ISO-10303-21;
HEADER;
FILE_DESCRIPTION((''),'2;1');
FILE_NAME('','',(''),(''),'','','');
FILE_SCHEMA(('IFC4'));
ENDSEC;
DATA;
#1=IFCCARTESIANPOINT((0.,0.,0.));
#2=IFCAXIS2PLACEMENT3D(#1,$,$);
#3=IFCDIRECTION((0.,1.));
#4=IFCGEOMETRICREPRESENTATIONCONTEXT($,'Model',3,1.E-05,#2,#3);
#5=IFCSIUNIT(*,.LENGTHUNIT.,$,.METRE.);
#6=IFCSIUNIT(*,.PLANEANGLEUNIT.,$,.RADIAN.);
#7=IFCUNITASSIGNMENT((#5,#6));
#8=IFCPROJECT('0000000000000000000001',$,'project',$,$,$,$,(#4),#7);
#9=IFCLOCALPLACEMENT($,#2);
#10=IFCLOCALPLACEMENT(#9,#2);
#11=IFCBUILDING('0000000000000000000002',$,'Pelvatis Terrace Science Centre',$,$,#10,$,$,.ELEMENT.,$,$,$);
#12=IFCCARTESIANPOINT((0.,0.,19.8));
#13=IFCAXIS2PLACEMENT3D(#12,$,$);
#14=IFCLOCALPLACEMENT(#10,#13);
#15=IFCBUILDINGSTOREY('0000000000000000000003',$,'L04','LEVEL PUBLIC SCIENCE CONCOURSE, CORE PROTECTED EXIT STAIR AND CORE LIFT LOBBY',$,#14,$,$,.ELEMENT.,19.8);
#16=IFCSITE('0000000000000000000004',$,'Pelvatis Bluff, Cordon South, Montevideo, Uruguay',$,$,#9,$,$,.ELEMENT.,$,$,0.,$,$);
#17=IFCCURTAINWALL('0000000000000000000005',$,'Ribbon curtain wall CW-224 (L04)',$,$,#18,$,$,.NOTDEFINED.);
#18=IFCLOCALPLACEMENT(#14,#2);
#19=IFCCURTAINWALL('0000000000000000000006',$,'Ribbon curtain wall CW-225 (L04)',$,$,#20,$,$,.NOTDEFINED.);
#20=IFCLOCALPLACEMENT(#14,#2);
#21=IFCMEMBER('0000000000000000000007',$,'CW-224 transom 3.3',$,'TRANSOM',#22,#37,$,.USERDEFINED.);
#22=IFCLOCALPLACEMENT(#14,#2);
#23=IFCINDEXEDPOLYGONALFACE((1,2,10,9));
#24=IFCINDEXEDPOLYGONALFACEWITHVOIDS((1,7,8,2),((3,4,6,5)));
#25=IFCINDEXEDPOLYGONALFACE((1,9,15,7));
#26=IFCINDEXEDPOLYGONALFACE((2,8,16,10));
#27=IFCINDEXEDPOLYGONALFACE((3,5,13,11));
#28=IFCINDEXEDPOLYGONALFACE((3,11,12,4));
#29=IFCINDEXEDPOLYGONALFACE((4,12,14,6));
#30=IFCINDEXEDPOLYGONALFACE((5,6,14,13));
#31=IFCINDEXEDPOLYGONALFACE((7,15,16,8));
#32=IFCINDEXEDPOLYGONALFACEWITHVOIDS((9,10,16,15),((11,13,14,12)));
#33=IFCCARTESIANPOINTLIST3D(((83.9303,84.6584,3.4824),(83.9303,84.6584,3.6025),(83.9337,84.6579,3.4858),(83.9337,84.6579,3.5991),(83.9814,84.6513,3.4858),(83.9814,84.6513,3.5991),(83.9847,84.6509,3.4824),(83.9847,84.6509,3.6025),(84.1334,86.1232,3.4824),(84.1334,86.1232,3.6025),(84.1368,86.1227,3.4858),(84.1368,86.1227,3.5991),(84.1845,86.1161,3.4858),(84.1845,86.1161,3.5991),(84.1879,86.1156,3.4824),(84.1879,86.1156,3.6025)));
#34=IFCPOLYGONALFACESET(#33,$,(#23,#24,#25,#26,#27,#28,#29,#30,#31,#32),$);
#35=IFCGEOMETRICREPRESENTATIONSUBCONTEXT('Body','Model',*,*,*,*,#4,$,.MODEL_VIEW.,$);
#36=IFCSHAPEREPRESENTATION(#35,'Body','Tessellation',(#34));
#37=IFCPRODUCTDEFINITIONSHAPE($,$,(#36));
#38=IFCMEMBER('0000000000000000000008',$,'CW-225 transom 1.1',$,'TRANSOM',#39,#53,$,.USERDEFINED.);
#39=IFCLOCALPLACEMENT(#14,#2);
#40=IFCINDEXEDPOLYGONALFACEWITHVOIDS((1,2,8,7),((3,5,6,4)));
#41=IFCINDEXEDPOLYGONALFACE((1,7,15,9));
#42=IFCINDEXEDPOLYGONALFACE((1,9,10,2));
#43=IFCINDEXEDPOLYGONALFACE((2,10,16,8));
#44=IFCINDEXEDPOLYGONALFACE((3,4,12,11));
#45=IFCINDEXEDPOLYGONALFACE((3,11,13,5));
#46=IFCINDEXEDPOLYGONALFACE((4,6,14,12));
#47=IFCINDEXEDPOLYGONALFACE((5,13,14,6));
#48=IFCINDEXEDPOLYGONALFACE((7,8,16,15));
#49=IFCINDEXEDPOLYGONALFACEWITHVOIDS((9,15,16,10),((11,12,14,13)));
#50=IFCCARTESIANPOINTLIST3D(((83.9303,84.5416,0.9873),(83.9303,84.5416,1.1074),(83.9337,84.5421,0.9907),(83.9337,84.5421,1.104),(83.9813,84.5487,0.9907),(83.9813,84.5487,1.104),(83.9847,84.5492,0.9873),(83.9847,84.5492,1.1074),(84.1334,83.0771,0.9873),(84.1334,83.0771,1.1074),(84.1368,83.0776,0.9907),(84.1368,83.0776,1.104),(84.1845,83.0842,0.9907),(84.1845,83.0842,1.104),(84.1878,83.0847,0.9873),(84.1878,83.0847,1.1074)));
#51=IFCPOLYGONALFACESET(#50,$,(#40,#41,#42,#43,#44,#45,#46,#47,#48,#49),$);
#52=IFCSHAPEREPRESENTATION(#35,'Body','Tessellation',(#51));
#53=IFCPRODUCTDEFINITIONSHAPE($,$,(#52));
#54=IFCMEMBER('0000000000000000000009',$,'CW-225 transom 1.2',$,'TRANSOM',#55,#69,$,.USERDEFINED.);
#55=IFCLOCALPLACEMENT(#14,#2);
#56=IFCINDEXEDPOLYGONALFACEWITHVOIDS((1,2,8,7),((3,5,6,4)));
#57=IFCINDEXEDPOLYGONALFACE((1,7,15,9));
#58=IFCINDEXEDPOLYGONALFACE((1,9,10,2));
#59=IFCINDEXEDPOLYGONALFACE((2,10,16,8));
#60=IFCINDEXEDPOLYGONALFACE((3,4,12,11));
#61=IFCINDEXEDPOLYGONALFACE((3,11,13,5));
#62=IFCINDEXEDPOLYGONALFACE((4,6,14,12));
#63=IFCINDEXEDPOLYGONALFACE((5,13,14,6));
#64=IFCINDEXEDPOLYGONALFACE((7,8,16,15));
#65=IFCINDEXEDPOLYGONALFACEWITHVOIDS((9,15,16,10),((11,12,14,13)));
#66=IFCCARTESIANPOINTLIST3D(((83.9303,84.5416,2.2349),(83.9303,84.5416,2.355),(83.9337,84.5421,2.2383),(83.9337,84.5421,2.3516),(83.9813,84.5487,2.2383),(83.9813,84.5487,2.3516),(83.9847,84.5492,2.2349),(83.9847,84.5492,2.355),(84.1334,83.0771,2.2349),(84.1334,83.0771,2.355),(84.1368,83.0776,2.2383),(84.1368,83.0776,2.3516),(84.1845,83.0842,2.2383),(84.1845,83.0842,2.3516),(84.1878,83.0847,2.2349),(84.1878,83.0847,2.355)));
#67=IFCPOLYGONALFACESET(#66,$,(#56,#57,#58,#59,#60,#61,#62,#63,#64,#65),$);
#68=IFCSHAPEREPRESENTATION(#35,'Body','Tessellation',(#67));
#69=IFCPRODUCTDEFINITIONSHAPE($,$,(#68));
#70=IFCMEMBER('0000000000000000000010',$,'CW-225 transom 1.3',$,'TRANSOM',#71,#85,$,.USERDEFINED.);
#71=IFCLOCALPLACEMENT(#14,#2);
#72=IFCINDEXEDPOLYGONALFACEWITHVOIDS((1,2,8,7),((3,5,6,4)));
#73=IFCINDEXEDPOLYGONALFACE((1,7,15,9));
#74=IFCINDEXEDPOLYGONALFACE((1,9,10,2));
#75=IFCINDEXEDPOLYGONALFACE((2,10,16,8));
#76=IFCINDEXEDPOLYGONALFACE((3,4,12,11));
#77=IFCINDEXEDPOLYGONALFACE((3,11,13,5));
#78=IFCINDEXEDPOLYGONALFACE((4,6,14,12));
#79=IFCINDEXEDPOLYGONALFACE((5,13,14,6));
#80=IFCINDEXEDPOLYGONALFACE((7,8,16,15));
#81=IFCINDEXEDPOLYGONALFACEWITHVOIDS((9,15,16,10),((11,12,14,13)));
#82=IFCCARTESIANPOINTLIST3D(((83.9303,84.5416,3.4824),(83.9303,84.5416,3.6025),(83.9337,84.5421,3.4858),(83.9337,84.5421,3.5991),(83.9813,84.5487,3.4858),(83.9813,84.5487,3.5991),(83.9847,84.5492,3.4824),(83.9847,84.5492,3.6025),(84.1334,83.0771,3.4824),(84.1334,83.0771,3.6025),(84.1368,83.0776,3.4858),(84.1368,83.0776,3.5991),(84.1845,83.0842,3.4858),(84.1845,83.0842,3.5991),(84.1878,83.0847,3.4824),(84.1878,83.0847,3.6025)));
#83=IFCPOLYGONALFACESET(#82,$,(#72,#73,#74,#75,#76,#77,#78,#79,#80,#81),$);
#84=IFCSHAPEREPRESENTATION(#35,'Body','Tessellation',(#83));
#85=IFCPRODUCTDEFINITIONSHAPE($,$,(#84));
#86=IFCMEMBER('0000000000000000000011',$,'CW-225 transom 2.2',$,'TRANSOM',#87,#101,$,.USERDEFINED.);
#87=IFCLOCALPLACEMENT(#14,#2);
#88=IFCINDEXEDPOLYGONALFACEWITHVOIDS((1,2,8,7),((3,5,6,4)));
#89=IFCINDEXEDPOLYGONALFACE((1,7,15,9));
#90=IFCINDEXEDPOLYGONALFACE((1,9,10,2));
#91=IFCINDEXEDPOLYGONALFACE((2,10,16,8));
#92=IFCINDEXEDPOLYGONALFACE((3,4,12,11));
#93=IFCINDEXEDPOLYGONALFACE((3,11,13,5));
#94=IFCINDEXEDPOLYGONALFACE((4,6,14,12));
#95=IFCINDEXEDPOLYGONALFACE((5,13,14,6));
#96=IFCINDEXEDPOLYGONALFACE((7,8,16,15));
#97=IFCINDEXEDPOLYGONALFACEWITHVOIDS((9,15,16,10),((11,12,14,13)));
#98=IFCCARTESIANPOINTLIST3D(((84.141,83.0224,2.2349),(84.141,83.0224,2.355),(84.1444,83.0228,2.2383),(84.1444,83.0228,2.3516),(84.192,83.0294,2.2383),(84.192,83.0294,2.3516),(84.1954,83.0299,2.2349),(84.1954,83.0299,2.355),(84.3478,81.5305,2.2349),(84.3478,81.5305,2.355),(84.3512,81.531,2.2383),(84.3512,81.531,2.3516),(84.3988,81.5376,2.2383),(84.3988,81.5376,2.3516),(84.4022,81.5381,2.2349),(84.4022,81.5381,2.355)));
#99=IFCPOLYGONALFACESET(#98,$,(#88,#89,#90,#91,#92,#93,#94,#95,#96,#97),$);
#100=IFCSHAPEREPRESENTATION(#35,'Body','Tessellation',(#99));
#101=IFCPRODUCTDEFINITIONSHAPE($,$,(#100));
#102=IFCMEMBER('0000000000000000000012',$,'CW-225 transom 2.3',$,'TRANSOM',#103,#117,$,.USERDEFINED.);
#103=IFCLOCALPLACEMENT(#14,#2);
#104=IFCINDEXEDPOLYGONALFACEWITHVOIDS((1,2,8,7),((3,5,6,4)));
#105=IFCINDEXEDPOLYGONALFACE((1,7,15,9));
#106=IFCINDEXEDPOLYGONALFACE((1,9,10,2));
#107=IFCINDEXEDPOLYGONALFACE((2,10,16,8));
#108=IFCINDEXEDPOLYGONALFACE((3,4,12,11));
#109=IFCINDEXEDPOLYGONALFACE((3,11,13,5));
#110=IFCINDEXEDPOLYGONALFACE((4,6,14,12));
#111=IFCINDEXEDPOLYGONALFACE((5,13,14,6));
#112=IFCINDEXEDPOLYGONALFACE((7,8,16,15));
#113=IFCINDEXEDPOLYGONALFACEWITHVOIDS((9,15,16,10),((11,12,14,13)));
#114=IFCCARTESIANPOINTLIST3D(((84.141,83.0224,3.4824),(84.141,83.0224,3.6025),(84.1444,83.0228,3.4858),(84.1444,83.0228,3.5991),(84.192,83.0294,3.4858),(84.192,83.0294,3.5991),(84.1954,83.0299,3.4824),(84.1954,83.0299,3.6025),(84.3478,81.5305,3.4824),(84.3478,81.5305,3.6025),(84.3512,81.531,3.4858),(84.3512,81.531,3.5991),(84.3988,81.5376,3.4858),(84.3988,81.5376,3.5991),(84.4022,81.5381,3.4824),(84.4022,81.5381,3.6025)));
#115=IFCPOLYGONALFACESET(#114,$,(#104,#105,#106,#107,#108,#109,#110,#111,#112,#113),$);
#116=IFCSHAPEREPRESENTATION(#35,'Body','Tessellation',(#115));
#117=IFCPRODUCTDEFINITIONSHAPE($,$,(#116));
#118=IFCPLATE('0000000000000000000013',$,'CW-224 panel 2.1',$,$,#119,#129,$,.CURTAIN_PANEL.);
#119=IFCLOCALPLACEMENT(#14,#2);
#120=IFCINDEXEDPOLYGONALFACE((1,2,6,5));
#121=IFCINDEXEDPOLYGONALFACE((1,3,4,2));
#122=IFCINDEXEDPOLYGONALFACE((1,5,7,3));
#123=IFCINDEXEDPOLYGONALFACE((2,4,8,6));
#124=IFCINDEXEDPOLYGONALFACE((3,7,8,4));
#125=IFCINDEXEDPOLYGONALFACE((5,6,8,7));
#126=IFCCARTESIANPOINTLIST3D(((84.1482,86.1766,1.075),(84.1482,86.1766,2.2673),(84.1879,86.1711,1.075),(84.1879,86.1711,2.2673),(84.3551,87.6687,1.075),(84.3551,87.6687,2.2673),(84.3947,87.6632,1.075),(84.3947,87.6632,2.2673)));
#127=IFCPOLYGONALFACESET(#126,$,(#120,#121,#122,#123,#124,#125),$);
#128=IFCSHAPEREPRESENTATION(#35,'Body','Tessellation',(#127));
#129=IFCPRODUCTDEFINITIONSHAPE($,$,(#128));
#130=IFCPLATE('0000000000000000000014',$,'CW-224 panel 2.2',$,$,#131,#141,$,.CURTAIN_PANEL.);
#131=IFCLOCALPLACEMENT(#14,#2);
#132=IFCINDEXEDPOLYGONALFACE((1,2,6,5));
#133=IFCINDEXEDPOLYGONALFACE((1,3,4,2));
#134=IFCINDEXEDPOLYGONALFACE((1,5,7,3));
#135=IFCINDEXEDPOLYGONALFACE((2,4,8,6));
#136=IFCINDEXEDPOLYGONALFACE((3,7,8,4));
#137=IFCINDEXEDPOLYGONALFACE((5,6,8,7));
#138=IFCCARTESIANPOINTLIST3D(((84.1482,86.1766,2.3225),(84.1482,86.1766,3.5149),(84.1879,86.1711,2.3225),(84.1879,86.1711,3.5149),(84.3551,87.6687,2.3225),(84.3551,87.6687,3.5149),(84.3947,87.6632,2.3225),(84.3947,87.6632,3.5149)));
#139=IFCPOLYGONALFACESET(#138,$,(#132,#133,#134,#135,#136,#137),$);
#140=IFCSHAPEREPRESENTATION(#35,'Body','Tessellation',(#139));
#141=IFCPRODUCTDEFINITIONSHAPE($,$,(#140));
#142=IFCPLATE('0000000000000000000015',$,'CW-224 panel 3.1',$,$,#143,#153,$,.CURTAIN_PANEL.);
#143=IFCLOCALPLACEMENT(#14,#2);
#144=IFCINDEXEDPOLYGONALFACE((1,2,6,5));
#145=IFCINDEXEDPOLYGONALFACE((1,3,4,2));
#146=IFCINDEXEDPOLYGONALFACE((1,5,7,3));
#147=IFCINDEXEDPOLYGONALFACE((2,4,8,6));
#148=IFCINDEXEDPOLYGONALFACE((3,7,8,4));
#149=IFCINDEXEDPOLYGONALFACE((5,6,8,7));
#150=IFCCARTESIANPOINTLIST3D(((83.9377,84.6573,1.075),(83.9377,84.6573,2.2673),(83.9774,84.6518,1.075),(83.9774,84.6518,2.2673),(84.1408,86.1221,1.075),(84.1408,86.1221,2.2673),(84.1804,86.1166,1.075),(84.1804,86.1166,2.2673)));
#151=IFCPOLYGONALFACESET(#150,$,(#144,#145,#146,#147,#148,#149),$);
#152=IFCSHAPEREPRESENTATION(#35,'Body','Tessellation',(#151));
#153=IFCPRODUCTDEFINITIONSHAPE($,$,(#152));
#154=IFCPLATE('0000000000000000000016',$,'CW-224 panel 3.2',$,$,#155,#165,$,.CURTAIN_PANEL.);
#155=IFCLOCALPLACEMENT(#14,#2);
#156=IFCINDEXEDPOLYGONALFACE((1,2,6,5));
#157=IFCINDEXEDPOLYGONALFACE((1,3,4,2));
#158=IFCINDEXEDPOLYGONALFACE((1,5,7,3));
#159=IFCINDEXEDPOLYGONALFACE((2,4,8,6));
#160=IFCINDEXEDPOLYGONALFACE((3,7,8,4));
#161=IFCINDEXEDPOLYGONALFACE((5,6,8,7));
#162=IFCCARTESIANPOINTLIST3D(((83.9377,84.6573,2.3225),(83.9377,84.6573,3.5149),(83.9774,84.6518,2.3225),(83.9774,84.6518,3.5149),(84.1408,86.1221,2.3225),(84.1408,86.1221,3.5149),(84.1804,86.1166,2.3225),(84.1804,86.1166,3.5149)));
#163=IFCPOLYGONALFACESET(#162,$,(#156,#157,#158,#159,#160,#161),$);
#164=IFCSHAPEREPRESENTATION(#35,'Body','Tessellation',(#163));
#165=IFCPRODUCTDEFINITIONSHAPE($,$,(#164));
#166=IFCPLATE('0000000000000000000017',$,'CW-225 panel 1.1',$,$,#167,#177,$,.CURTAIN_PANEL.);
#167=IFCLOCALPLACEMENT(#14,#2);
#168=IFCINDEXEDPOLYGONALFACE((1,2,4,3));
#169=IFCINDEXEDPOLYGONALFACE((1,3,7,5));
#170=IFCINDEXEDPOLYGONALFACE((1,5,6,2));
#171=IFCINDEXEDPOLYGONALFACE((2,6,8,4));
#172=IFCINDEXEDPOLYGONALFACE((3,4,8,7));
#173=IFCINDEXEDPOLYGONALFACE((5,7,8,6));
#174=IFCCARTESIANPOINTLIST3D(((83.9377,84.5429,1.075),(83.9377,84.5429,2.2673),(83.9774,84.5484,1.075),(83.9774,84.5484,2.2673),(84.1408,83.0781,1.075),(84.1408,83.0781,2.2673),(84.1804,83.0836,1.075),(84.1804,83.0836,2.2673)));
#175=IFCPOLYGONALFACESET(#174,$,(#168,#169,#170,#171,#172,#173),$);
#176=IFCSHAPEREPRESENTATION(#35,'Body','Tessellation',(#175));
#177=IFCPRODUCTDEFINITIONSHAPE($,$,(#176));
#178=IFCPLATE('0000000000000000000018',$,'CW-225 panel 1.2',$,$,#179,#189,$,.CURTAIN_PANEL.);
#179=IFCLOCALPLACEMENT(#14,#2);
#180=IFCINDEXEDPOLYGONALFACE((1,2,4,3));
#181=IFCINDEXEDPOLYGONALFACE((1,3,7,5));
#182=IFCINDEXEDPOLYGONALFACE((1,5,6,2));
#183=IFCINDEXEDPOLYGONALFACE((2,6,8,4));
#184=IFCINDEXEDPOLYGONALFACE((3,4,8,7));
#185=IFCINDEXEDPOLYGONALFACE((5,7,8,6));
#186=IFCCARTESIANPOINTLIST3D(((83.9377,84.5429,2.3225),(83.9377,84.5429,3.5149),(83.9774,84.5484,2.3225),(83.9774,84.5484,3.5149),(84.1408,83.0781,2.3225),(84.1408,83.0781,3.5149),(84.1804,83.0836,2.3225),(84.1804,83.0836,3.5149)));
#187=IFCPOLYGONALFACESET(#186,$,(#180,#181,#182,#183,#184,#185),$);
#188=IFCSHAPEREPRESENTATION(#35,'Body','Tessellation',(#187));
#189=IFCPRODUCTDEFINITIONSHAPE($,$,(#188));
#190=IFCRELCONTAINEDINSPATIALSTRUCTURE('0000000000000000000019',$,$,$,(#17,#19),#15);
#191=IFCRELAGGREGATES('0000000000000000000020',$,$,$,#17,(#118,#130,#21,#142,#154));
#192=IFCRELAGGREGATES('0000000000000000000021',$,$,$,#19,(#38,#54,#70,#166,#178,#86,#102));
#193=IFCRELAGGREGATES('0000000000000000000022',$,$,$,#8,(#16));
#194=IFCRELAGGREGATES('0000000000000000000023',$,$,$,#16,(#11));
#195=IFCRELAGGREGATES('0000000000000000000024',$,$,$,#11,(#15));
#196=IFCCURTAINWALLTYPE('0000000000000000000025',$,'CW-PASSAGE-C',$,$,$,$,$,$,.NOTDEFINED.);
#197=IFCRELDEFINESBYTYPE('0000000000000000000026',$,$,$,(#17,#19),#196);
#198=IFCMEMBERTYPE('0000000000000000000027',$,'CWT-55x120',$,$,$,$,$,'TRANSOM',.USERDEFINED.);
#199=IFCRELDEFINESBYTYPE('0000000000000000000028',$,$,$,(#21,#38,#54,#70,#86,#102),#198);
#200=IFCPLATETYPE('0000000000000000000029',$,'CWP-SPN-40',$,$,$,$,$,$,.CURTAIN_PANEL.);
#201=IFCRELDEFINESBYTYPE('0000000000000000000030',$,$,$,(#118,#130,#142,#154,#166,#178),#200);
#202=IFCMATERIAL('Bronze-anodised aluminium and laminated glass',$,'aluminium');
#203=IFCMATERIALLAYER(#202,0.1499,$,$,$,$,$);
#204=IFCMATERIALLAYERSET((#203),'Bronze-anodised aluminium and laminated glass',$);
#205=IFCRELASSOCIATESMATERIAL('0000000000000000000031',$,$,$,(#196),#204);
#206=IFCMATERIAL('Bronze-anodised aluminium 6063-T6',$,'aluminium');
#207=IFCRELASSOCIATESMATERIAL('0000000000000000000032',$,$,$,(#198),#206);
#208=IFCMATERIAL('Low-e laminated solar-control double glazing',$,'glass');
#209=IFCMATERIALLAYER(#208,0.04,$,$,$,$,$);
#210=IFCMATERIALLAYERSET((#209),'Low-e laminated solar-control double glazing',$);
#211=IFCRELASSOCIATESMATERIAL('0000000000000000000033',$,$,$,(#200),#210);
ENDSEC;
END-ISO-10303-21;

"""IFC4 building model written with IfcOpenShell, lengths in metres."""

from ifc_helpers import new_model, si_unit, direction, frame, origin, origin_2d, place, context, subcontext, project, spatial, rectangle, hollow_rectangle, extrude, material, layer, layer_set, material_profile, profile_set, type_object, element, aggregate, save


model = new_model("IFC4")

# Units and contexts
model_context = context("Model", 3, precision=1e-05, world=origin(), true_north=direction((0.0, 1.0)))
body_context = subcontext(model_context, "Body", "Model", "MODEL_VIEW")
ifc_project = project(units=[si_unit("LENGTHUNIT", "METRE"), si_unit("PLANEANGLEUNIT", "RADIAN")], contexts=[model_context])

# Site, building, storey
site_placement = place(None, origin())
site = spatial("IfcSite", under=ifc_project, at=site_placement, Name="Pelvatis Bluff, Cordon South, Montevideo, Uruguay", CompositionType="ELEMENT", RefElevation=0.0)
building_placement = place(site_placement, origin())
building = spatial("IfcBuilding", under=site, at=building_placement, Name="Pelvatis Terrace Science Centre", CompositionType="ELEMENT")
storey_placement = place(building_placement, frame((0.0, 0.0, 19.8)))
storey = spatial("IfcBuildingStorey", under=building, at=storey_placement, Name="L04", Description="LEVEL PUBLIC SCIENCE CONCOURSE, CORE PROTECTED EXIT STAIR AND CORE LIFT LOBBY", CompositionType="ELEMENT", Elevation=19.8)

# Curtain walls
ifc_material_1 = material(Name="Bronze-anodised aluminium and laminated glass", Category="aluminium")
ifc_layer_1 = layer(ifc_material_1, 0.1499)
ifc_layer_set_1 = layer_set([ifc_layer_1], Name="Bronze-anodised aluminium and laminated glass")
curtain_wall_type = type_object("IfcCurtainWallType", Name="CW-PASSAGE-C", PredefinedType="NOTDEFINED", material=ifc_layer_set_1)
curtain_wall_1_placement = place(storey_placement, origin())
curtain_wall_1 = element("IfcCurtainWall", 1, at=curtain_wall_1_placement, inside=storey, type_object=curtain_wall_type, Name="Ribbon curtain wall CW-224 (L04)", PredefinedType="NOTDEFINED")
curtain_wall_2_placement = place(storey_placement, origin())
curtain_wall_2 = element("IfcCurtainWall", 2, at=curtain_wall_2_placement, inside=storey, type_object=curtain_wall_type, Name="Ribbon curtain wall CW-225 (L04)", PredefinedType="NOTDEFINED")

# Members
ifc_material_2 = material(Name="Bronze-anodised aluminium 6063-T6", Category="aluminium")
ifc_material_profile_1 = material_profile(ifc_material_2, hollow_rectangle(XDim=0.0549, YDim=0.1201, WallThickness=0.0034, at=origin_2d()), Name="ALU-TRN 55x120")
ifc_profile_set_1 = profile_set([ifc_material_profile_1], Name="Bronze-anodised aluminium 6063-T6")
member_type_1 = type_object("IfcMemberType", Name="CWT-55x120", ElementType="TRANSOM", PredefinedType="USERDEFINED", material=ifc_profile_set_1)
member_1_placement = place(storey_placement, frame((84.1606, 86.1194, 3.5425), z_axis=(-0.137352, -0.990522, 0.0), x_axis=(0.990522, -0.137352, 0.0)))
member_1 = element("IfcMember", 3, at=member_1_placement, type_object=member_type_1, Name="CW-224 transom 3.3", ObjectType="TRANSOM", PredefinedType="USERDEFINED", context=body_context, shape_type="SweptSolid", body=[
    extrude(hollow_rectangle(XDim=0.0549, YDim=0.1201, WallThickness=0.0034, at=origin_2d()), origin(), (0.0, 0.0, 1.0), 1.4788),
])
member_2_placement = place(storey_placement, frame((83.9575, 84.5454, 1.0474), z_axis=(0.137375, -0.990519, 0.0), x_axis=(0.990519, 0.137375, 0.0)))
member_2 = element("IfcMember", 4, at=member_2_placement, type_object=member_type_1, Name="CW-225 transom 1.1", ObjectType="TRANSOM", PredefinedType="USERDEFINED", context=body_context, shape_type="SweptSolid", body=[
    extrude(hollow_rectangle(XDim=0.0549, YDim=0.1201, WallThickness=0.0034, at=origin_2d()), origin(), (0.0, 0.0, 1.0), 1.4785),
])
member_3_placement = place(storey_placement, frame((83.9575, 84.5454, 2.2949), z_axis=(0.137375, -0.990519, 0.0), x_axis=(0.990519, 0.137375, 0.0)))
member_3 = element("IfcMember", 5, at=member_3_placement, type_object=member_type_1, Name="CW-225 transom 1.2", ObjectType="TRANSOM", PredefinedType="USERDEFINED", context=body_context, shape_type="SweptSolid", body=[
    extrude(hollow_rectangle(XDim=0.0549, YDim=0.1201, WallThickness=0.0034, at=origin_2d()), origin(), (0.0, 0.0, 1.0), 1.4785),
])
member_4_placement = place(storey_placement, frame((83.9575, 84.5454, 3.5425), z_axis=(0.137375, -0.990519, 0.0), x_axis=(0.990519, 0.137375, 0.0)))
member_4 = element("IfcMember", 6, at=member_4_placement, type_object=member_type_1, Name="CW-225 transom 1.3", ObjectType="TRANSOM", PredefinedType="USERDEFINED", context=body_context, shape_type="SweptSolid", body=[
    extrude(hollow_rectangle(XDim=0.0549, YDim=0.1201, WallThickness=0.0034, at=origin_2d()), origin(), (0.0, 0.0, 1.0), 1.4785),
])
member_5_placement = place(storey_placement, frame((84.1682, 83.0261, 2.2949), z_axis=(0.13729, -0.990531, 0.0), x_axis=(0.990531, 0.13729, 0.0)))
member_5 = element("IfcMember", 7, at=member_5_placement, type_object=member_type_1, Name="CW-225 transom 2.2", ObjectType="TRANSOM", PredefinedType="USERDEFINED", context=body_context, shape_type="SweptSolid", body=[
    extrude(hollow_rectangle(XDim=0.0549, YDim=0.1201, WallThickness=0.0034, at=origin_2d()), origin(), (0.0, 0.0, 1.0), 1.5061),
])
member_6_placement = place(storey_placement, frame((84.1682, 83.0261, 3.5425), z_axis=(0.13729, -0.990531, 0.0), x_axis=(0.990531, 0.13729, 0.0)))
member_6 = element("IfcMember", 8, at=member_6_placement, type_object=member_type_1, Name="CW-225 transom 2.3", ObjectType="TRANSOM", PredefinedType="USERDEFINED", context=body_context, shape_type="SweptSolid", body=[
    extrude(hollow_rectangle(XDim=0.0549, YDim=0.1201, WallThickness=0.0034, at=origin_2d()), origin(), (0.0, 0.0, 1.0), 1.5061),
])

# Plates
ifc_material_3 = material(Name="Low-e laminated solar-control double glazing", Category="glass")
ifc_layer_2 = layer(ifc_material_3, 0.04)
ifc_layer_set_2 = layer_set([ifc_layer_2], Name="Low-e laminated solar-control double glazing")
plate_type = type_object("IfcPlateType", Name="CWP-SPN-40", PredefinedType="CURTAIN_PANEL", material=ifc_layer_set_2)
plate_1_placement = place(storey_placement, frame((84.2715, 86.9199, 1.075), z_axis=(0.0, 0.0, 1.0), x_axis=(-0.137298, -0.99053, 0.0)))
plate_1 = element("IfcPlate", 9, at=plate_1_placement, type_object=plate_type, Name="CW-224 panel 2.1", PredefinedType="CURTAIN_PANEL", context=body_context, shape_type="SweptSolid", body=[
    extrude(rectangle(XDim=1.5063, YDim=0.04, at=origin_2d()), origin(), (0.0, 0.0, 1.0), 1.1924),
])
plate_2_placement = place(storey_placement, frame((84.2715, 86.9199, 2.3225), z_axis=(0.0, 0.0, 1.0), x_axis=(-0.137298, -0.99053, 0.0)))
plate_2 = element("IfcPlate", 10, at=plate_2_placement, type_object=plate_type, Name="CW-224 panel 2.2", PredefinedType="CURTAIN_PANEL", context=body_context, shape_type="SweptSolid", body=[
    extrude(rectangle(XDim=1.5063, YDim=0.04, at=origin_2d()), origin(), (0.0, 0.0, 1.0), 1.1924),
])
plate_3_placement = place(storey_placement, frame((84.0591, 85.387, 1.075), z_axis=(0.0, 0.0, 1.0), x_axis=(-0.137298, -0.99053, 0.0)))
plate_3 = element("IfcPlate", 11, at=plate_3_placement, type_object=plate_type, Name="CW-224 panel 3.1", PredefinedType="CURTAIN_PANEL", context=body_context, shape_type="SweptSolid", body=[
    extrude(rectangle(XDim=1.4788, YDim=0.04, at=origin_2d()), origin(), (0.0, 0.0, 1.0), 1.1924),
])
plate_4_placement = place(storey_placement, frame((84.0591, 85.387, 2.3225), z_axis=(0.0, 0.0, 1.0), x_axis=(-0.137298, -0.99053, 0.0)))
plate_4 = element("IfcPlate", 12, at=plate_4_placement, type_object=plate_type, Name="CW-224 panel 3.2", PredefinedType="CURTAIN_PANEL", context=body_context, shape_type="SweptSolid", body=[
    extrude(rectangle(XDim=1.4788, YDim=0.04, at=origin_2d()), origin(), (0.0, 0.0, 1.0), 1.1924),
])
aggregate(curtain_wall_1, [plate_1, plate_2, member_1, plate_3, plate_4])
plate_5_placement = place(storey_placement, frame((84.0591, 83.8132, 1.075), z_axis=(0.0, 0.0, 1.0), x_axis=(0.137298, -0.99053, 0.0)))
plate_5 = element("IfcPlate", 13, at=plate_5_placement, type_object=plate_type, Name="CW-225 panel 1.1", PredefinedType="CURTAIN_PANEL", context=body_context, shape_type="SweptSolid", body=[
    extrude(rectangle(XDim=1.4788, YDim=0.04, at=origin_2d()), origin(), (0.0, 0.0, 1.0), 1.1924),
])
plate_6_placement = place(storey_placement, frame((84.0591, 83.8132, 2.3225), z_axis=(0.0, 0.0, 1.0), x_axis=(0.137298, -0.99053, 0.0)))
plate_6 = element("IfcPlate", 14, at=plate_6_placement, type_object=plate_type, Name="CW-225 panel 1.2", PredefinedType="CURTAIN_PANEL", context=body_context, shape_type="SweptSolid", body=[
    extrude(rectangle(XDim=1.4788, YDim=0.04, at=origin_2d()), origin(), (0.0, 0.0, 1.0), 1.1924),
])
aggregate(curtain_wall_2, [member_2, member_3, member_4, plate_5, plate_6, member_5, member_6])

save(model, "model.ifc")
